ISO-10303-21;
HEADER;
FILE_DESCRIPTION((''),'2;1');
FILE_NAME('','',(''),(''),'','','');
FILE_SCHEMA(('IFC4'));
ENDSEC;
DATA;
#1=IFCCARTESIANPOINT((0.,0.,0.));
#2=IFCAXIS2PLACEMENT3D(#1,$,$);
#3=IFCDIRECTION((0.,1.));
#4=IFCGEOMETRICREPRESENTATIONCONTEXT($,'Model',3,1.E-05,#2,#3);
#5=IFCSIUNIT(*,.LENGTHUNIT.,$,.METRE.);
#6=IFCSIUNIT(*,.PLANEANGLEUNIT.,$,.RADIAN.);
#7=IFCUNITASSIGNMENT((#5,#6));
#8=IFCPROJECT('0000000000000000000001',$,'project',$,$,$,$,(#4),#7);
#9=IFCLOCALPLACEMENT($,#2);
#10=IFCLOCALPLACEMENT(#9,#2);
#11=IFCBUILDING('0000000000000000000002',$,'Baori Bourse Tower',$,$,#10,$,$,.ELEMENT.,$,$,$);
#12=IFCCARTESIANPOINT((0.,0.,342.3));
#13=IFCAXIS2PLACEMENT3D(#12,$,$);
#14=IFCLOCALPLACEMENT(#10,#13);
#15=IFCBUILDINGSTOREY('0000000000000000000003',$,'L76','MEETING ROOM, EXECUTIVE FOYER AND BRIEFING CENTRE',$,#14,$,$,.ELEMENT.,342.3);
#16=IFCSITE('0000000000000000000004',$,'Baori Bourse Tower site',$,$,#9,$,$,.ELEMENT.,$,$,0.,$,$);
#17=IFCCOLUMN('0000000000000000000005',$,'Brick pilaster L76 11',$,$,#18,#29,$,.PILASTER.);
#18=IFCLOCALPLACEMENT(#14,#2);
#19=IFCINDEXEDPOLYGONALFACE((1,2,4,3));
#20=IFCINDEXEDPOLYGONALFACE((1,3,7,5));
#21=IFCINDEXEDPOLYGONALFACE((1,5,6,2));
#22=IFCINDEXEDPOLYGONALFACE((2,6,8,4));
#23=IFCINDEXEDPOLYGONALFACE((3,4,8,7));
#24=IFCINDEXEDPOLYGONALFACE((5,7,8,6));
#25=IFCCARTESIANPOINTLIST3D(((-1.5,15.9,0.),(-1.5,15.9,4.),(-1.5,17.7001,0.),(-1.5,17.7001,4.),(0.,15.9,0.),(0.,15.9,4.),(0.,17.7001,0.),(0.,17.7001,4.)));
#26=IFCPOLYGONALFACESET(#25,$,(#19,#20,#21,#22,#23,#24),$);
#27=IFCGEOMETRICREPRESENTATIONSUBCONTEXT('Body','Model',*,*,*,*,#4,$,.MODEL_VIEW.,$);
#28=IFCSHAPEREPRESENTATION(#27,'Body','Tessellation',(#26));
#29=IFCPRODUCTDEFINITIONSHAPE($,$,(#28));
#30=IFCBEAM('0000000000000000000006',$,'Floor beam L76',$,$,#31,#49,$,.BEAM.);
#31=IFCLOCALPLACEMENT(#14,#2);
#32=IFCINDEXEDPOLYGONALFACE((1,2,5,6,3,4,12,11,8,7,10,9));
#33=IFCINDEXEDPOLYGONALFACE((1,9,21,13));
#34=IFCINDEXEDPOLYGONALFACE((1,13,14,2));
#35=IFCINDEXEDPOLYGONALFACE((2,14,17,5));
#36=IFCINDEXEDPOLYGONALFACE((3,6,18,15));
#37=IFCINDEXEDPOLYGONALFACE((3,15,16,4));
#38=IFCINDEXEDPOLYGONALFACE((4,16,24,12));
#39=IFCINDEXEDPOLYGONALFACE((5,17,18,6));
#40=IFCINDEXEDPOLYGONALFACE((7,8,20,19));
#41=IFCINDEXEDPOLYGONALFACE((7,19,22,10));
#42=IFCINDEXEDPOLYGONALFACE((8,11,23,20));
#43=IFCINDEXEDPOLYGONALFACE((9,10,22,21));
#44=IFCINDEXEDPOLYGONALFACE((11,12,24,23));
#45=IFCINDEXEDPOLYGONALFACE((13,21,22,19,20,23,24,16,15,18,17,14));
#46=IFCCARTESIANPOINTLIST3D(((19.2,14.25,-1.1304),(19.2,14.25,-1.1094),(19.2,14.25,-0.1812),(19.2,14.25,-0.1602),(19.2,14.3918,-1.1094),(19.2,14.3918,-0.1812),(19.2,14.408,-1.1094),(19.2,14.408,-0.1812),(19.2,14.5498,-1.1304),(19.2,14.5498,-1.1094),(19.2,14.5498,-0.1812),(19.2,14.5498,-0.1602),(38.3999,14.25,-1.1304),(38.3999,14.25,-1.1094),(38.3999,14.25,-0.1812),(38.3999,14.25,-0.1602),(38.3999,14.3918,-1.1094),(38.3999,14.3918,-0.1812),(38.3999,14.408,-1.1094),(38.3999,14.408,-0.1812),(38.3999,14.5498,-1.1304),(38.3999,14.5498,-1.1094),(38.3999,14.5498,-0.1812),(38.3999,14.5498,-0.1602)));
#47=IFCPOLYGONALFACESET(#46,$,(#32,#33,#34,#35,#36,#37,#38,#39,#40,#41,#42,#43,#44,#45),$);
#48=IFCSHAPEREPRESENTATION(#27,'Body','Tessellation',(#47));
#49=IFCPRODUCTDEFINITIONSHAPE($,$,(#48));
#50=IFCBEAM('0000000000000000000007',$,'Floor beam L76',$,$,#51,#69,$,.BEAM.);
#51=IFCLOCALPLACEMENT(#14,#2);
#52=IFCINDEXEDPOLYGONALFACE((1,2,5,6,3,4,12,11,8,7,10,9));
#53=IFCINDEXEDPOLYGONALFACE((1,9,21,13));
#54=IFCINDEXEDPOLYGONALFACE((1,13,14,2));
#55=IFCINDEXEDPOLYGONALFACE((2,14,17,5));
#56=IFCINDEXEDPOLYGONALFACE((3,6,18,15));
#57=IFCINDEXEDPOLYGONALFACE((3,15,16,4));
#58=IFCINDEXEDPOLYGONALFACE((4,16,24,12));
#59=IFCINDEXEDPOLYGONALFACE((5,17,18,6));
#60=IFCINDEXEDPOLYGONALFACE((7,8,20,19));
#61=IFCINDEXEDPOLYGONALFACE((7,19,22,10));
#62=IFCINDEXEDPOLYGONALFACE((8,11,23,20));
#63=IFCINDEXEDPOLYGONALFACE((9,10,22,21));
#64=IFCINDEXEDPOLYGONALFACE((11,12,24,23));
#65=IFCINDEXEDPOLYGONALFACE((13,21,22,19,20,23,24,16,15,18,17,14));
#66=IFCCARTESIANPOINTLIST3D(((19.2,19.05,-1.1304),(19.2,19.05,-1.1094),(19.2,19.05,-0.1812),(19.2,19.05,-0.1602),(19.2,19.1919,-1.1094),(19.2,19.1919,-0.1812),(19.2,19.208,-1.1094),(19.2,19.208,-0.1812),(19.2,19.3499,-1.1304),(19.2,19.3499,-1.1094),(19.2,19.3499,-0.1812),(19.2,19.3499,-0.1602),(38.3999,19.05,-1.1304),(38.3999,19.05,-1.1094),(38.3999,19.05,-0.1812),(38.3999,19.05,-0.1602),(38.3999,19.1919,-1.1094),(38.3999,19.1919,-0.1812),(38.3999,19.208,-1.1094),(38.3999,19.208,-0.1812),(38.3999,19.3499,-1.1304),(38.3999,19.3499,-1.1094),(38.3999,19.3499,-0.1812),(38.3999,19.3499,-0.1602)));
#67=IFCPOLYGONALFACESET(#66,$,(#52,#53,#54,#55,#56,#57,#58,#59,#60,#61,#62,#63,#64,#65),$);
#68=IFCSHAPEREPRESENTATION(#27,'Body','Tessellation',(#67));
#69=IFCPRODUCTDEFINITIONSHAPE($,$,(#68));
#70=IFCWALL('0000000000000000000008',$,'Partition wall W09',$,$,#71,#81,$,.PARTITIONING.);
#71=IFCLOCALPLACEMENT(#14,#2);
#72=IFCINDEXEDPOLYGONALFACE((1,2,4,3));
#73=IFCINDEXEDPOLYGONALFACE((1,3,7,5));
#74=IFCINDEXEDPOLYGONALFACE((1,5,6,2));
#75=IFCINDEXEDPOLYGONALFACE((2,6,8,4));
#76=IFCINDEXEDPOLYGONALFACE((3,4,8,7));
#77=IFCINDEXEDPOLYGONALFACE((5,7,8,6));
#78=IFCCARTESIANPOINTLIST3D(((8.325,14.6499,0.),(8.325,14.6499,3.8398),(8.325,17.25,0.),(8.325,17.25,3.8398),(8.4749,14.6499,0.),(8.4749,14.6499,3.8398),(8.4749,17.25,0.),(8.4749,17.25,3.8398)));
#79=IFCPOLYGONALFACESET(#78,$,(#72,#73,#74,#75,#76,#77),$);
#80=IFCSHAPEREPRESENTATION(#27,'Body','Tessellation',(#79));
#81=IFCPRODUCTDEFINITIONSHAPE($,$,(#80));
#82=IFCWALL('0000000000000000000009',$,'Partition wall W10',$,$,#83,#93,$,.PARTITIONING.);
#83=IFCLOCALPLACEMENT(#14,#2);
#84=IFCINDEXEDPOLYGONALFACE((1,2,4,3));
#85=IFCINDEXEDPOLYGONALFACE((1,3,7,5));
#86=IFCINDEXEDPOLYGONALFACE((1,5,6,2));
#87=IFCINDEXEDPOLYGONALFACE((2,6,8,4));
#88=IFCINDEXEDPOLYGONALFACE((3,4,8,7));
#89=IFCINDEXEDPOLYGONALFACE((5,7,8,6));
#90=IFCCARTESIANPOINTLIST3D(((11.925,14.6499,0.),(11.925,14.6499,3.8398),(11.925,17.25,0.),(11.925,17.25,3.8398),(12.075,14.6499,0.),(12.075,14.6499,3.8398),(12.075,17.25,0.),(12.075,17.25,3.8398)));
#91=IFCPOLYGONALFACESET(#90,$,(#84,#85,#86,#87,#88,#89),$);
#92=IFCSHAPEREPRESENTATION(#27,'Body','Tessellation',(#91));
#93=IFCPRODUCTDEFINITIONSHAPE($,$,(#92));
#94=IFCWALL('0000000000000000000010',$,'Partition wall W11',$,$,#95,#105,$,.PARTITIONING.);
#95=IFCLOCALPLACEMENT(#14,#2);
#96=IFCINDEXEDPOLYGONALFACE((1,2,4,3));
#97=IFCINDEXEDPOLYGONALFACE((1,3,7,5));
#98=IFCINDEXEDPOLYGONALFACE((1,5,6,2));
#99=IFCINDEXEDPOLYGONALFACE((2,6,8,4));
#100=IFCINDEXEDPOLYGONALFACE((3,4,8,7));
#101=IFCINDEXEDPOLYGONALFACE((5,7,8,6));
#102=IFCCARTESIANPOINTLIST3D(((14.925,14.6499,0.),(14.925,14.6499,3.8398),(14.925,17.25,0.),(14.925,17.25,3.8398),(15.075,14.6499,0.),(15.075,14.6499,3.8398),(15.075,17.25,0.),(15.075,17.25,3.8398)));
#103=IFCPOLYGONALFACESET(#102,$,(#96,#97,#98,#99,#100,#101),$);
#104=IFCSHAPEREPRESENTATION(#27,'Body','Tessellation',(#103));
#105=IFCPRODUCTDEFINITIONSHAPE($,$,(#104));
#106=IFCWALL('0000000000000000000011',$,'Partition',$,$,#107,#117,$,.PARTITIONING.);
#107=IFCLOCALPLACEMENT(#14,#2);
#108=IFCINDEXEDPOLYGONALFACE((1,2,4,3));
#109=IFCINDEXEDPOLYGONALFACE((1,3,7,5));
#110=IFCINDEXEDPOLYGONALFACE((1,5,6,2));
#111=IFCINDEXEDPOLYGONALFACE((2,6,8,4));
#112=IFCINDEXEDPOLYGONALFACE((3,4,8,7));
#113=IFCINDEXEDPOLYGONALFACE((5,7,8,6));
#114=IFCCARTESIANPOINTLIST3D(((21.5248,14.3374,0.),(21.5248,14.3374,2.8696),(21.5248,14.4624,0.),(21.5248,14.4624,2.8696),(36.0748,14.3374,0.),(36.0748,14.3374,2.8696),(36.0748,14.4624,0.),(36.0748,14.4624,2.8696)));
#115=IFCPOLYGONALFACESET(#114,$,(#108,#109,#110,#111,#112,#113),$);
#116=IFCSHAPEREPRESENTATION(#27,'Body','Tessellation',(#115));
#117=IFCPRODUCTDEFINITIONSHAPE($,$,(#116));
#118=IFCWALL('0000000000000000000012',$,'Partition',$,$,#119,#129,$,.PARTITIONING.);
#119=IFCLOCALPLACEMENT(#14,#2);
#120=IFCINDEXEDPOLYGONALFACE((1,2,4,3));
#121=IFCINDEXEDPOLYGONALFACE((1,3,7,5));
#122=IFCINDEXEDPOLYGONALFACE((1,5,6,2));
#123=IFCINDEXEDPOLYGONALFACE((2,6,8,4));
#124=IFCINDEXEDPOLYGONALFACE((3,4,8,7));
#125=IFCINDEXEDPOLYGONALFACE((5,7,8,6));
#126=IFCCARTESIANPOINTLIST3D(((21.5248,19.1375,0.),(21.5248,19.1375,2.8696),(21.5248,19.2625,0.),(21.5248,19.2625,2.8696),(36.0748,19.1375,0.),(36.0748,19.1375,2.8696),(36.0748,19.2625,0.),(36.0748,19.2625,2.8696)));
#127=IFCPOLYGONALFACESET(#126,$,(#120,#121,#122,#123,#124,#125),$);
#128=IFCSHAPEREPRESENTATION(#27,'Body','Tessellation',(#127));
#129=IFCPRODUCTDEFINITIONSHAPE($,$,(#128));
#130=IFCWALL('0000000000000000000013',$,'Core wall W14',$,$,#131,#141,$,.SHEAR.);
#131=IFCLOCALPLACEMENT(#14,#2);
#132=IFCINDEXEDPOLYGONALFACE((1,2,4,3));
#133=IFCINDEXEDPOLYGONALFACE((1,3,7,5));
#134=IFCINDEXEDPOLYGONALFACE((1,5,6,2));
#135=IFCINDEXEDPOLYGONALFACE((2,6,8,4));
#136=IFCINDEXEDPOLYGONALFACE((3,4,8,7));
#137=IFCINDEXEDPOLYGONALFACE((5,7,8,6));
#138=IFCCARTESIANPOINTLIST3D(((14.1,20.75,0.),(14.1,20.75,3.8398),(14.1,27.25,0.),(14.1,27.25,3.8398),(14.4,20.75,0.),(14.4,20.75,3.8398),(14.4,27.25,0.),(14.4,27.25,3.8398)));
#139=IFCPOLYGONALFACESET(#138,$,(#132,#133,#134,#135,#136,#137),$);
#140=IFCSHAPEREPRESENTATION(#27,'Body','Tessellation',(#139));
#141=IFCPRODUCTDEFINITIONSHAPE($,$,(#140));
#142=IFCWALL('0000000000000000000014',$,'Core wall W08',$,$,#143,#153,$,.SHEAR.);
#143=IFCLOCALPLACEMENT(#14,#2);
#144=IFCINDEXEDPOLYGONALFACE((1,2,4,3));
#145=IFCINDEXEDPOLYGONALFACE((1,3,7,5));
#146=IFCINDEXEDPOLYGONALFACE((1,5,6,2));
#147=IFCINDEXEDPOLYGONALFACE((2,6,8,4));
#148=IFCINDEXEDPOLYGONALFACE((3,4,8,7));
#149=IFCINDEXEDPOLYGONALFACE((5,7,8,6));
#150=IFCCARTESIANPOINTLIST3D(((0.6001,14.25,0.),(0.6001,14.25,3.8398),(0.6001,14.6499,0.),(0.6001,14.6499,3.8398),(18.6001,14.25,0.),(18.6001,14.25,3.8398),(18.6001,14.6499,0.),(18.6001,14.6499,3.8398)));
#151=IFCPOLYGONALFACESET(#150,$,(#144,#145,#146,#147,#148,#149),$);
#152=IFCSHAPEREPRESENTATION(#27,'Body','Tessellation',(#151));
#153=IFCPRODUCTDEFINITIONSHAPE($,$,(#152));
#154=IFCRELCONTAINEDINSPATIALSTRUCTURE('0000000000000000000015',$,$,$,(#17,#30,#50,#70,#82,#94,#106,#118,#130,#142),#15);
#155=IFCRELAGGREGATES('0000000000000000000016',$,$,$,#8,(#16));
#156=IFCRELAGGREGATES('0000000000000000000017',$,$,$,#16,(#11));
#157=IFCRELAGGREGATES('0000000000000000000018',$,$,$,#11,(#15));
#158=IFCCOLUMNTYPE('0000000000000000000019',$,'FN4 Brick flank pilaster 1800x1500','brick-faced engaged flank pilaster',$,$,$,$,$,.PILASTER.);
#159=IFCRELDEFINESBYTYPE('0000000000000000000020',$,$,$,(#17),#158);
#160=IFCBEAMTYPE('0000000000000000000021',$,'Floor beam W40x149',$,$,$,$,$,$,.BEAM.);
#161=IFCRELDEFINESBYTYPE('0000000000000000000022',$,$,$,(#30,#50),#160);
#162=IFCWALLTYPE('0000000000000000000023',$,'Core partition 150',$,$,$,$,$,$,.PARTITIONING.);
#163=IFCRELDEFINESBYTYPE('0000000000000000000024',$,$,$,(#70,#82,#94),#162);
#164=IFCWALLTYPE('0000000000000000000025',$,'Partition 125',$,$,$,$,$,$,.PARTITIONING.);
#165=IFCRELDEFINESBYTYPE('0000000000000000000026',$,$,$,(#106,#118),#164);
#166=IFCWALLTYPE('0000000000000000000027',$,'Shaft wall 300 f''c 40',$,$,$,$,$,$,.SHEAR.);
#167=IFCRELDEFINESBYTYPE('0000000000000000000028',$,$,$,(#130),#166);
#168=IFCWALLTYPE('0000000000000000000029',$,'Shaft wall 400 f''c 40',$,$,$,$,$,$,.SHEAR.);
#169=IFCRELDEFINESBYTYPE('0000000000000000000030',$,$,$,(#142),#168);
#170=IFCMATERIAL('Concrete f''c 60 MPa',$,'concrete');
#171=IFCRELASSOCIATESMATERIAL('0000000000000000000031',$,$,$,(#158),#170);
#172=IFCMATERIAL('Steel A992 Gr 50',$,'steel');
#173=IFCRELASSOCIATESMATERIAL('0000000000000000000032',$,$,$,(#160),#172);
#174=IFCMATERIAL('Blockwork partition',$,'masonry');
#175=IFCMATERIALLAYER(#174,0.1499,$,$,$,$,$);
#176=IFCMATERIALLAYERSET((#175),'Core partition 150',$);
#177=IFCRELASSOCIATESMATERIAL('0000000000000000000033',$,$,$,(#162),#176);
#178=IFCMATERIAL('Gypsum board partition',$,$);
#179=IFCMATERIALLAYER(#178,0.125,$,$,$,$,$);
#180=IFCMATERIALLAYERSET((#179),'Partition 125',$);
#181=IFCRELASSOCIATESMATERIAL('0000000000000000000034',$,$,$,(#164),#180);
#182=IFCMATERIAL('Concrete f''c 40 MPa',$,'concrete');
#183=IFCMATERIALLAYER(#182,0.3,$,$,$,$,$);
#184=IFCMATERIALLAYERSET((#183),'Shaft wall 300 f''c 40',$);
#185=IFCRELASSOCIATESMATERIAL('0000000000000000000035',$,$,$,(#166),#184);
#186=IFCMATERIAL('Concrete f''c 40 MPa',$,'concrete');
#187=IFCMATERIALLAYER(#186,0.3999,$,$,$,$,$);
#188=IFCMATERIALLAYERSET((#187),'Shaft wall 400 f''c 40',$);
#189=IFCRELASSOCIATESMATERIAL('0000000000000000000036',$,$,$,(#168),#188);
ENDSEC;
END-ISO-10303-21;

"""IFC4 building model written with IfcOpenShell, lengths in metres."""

from ifc_helpers import new_model, si_unit, direction, frame, frame_2d, origin, origin_2d, place, context, subcontext, project, spatial, rectangle, i_section, extrude, material, layer, layer_set, material_profile, profile_set, type_object, element, save


model = new_model("IFC4")

# Units and contexts
model_context = context("Model", 3, precision=1e-05, world=origin(), true_north=direction((0.0, 1.0)))
body_context = subcontext(model_context, "Body", "Model", "MODEL_VIEW")
ifc_project = project(units=[si_unit("LENGTHUNIT", "METRE"), si_unit("PLANEANGLEUNIT", "RADIAN")], contexts=[model_context])

# Site, building, storey
site_placement = place(None, origin())
site = spatial("IfcSite", under=ifc_project, at=site_placement, Name="Baori Bourse Tower site", CompositionType="ELEMENT", RefElevation=0.0)
building_placement = place(site_placement, origin())
building = spatial("IfcBuilding", under=site, at=building_placement, Name="Baori Bourse Tower", CompositionType="ELEMENT")
storey_placement = place(building_placement, frame((0.0, 0.0, 342.3)))
storey = spatial("IfcBuildingStorey", under=building, at=storey_placement, Name="L76", Description="MEETING ROOM, EXECUTIVE FOYER AND BRIEFING CENTRE", CompositionType="ELEMENT", Elevation=342.3)

# Column
ifc_material_1 = material(Name="Concrete f'c 60 MPa", Category="concrete")
ifc_material_profile_1 = material_profile(ifc_material_1, rectangle(XDim=1.8, YDim=1.5, at=origin_2d()), Name="RC 1800x1500")
ifc_profile_set_1 = profile_set([ifc_material_profile_1], Name="Concrete f'c 60 MPa")
column_type = type_object("IfcColumnType", Name="FN4 Brick flank pilaster 1800x1500", Description="brick-faced engaged flank pilaster", PredefinedType="PILASTER", material=ifc_profile_set_1)
column_placement = place(storey_placement, frame((-0.75, 16.8, 0.0), z_axis=(0.0, 0.0, 1.0), x_axis=(0.0, 1.0, 0.0)))
element("IfcColumn", 1, at=column_placement, inside=storey, type_object=column_type, Name="Brick pilaster L76 11", PredefinedType="PILASTER", context=body_context, shape_type="SweptSolid", body=[
    extrude(rectangle(XDim=1.8, YDim=1.5, at=origin_2d()), origin(), (0.0, 0.0, 1.0), 4.0),
])

# Beams
ifc_material_2 = material(Name="Steel A992 Gr 50", Category="steel")
ifc_material_profile_2 = material_profile(ifc_material_2, i_section(OverallWidth=0.2998, OverallDepth=0.9702, WebThickness=0.0161, FlangeThickness=0.021, at=origin_2d()), Name="W40x149")
ifc_profile_set_2 = profile_set([ifc_material_profile_2], Name="Steel A992 Gr 50")
beam_type = type_object("IfcBeamType", Name="Floor beam W40x149", PredefinedType="BEAM", material=ifc_profile_set_2)
for number, where, z_axis, x_axis, name in (
    (2, (19.2, 14.3999, -0.6453), (1.0, 0.0, 0.0), (0.0, 1.0, 0.0), "Floor beam L76"),
    (3, (19.2, 19.2, -0.6453), (1.0, 0.0, 0.0), (0.0, 1.0, 0.0), "Floor beam L76"),
):
    element("IfcBeam", number, at=place(storey_placement, frame(where, z_axis=z_axis, x_axis=x_axis)), inside=storey, type_object=beam_type, Name=name, PredefinedType="BEAM", context=body_context, shape_type="SweptSolid", body=[
        extrude(i_section(OverallWidth=0.2998, OverallDepth=0.9702, WebThickness=0.0161, FlangeThickness=0.021, at=origin_2d()), origin(), (0.0, 0.0, 1.0), 19.2),
    ])

# Walls
ifc_material_3 = material(Name="Blockwork partition", Category="masonry")
ifc_layer_1 = layer(ifc_material_3, 0.1499)
ifc_layer_set_1 = layer_set([ifc_layer_1], Name="Core partition 150")
wall_type_1 = type_object("IfcWallType", Name="Core partition 150", PredefinedType="PARTITIONING", material=ifc_layer_set_1)
for number, where, z_axis, x_axis, name in (
    (4, (8.3999, 14.6499, 0.0), (0.0, 0.0, 1.0), (0.0, 1.0, 0.0), "Partition wall W09"),
    (5, (12.0, 14.6499, 0.0), (0.0, 0.0, 1.0), (0.0, 1.0, 0.0), "Partition wall W10"),
    (6, (15.0, 14.6499, 0.0), (0.0, 0.0, 1.0), (0.0, 1.0, 0.0), "Partition wall W11"),
):
    element("IfcWall", number, at=place(storey_placement, frame(where, z_axis=z_axis, x_axis=x_axis)), inside=storey, type_object=wall_type_1, Name=name, PredefinedType="PARTITIONING", context=body_context, shape_type="SweptSolid", body=[
        extrude(rectangle(XDim=2.6001, YDim=0.1499, at=frame_2d((1.3, 0.0))), origin(), (0.0, 0.0, 1.0), 3.8398),
    ])
ifc_material_4 = material(Name="Gypsum board partition")
ifc_layer_2 = layer(ifc_material_4, 0.125)
ifc_layer_set_2 = layer_set([ifc_layer_2], Name="Partition 125")
wall_type_2 = type_object("IfcWallType", Name="Partition 125", PredefinedType="PARTITIONING", material=ifc_layer_set_2)
for number, where, z_axis, x_axis, name in (
    (7, (21.5249, 14.3999, 0.0), (0.0, 0.0, 1.0), (1.0, 0.0, 0.0), "Partition"),
    (8, (21.5249, 19.2, 0.0), (0.0, 0.0, 1.0), (1.0, 0.0, 0.0), "Partition"),
):
    element("IfcWall", number, at=place(storey_placement, frame(where, z_axis=z_axis, x_axis=x_axis)), inside=storey, type_object=wall_type_2, Name=name, PredefinedType="PARTITIONING", context=body_context, shape_type="SweptSolid", body=[
        extrude(rectangle(XDim=14.55, YDim=0.125, at=frame_2d((7.2749, 0.0))), origin(), (0.0, 0.0, 1.0), 2.8696),
    ])
ifc_material_5 = material(Name="Concrete f'c 40 MPa", Category="concrete")
ifc_layer_3 = layer(ifc_material_5, 0.3)
ifc_layer_set_3 = layer_set([ifc_layer_3], Name="Shaft wall 300 f'c 40")
wall_type_3 = type_object("IfcWallType", Name="Shaft wall 300 f'c 40", PredefinedType="SHEAR", material=ifc_layer_set_3)
wall_1_placement = place(storey_placement, frame((14.25, 20.75, 0.0), z_axis=(0.0, 0.0, 1.0), x_axis=(0.0, 1.0, 0.0)))
element("IfcWall", 9, at=wall_1_placement, inside=storey, type_object=wall_type_3, Name="Core wall W14", PredefinedType="SHEAR", context=body_context, shape_type="SweptSolid", body=[
    extrude(rectangle(XDim=6.5, YDim=0.3, at=frame_2d((3.25, 0.0))), origin(), (0.0, 0.0, 1.0), 3.8398),
])
ifc_material_6 = material(Name="Concrete f'c 40 MPa", Category="concrete")
ifc_layer_4 = layer(ifc_material_6, 0.3999)
ifc_layer_set_4 = layer_set([ifc_layer_4], Name="Shaft wall 400 f'c 40")
wall_type_4 = type_object("IfcWallType", Name="Shaft wall 400 f'c 40", PredefinedType="SHEAR", material=ifc_layer_set_4)
wall_2_placement = place(storey_placement, frame((0.6001, 14.45, 0.0), z_axis=(0.0, 0.0, 1.0), x_axis=(1.0, 0.0, 0.0)))
element("IfcWall", 10, at=wall_2_placement, inside=storey, type_object=wall_type_4, Name="Core wall W08", PredefinedType="SHEAR", context=body_context, shape_type="SweptSolid", body=[
    extrude(rectangle(XDim=18.0, YDim=0.3999, at=frame_2d((9.0, 0.0))), origin(), (0.0, 0.0, 1.0), 3.8398),
])

save(model, "model.ifc")
